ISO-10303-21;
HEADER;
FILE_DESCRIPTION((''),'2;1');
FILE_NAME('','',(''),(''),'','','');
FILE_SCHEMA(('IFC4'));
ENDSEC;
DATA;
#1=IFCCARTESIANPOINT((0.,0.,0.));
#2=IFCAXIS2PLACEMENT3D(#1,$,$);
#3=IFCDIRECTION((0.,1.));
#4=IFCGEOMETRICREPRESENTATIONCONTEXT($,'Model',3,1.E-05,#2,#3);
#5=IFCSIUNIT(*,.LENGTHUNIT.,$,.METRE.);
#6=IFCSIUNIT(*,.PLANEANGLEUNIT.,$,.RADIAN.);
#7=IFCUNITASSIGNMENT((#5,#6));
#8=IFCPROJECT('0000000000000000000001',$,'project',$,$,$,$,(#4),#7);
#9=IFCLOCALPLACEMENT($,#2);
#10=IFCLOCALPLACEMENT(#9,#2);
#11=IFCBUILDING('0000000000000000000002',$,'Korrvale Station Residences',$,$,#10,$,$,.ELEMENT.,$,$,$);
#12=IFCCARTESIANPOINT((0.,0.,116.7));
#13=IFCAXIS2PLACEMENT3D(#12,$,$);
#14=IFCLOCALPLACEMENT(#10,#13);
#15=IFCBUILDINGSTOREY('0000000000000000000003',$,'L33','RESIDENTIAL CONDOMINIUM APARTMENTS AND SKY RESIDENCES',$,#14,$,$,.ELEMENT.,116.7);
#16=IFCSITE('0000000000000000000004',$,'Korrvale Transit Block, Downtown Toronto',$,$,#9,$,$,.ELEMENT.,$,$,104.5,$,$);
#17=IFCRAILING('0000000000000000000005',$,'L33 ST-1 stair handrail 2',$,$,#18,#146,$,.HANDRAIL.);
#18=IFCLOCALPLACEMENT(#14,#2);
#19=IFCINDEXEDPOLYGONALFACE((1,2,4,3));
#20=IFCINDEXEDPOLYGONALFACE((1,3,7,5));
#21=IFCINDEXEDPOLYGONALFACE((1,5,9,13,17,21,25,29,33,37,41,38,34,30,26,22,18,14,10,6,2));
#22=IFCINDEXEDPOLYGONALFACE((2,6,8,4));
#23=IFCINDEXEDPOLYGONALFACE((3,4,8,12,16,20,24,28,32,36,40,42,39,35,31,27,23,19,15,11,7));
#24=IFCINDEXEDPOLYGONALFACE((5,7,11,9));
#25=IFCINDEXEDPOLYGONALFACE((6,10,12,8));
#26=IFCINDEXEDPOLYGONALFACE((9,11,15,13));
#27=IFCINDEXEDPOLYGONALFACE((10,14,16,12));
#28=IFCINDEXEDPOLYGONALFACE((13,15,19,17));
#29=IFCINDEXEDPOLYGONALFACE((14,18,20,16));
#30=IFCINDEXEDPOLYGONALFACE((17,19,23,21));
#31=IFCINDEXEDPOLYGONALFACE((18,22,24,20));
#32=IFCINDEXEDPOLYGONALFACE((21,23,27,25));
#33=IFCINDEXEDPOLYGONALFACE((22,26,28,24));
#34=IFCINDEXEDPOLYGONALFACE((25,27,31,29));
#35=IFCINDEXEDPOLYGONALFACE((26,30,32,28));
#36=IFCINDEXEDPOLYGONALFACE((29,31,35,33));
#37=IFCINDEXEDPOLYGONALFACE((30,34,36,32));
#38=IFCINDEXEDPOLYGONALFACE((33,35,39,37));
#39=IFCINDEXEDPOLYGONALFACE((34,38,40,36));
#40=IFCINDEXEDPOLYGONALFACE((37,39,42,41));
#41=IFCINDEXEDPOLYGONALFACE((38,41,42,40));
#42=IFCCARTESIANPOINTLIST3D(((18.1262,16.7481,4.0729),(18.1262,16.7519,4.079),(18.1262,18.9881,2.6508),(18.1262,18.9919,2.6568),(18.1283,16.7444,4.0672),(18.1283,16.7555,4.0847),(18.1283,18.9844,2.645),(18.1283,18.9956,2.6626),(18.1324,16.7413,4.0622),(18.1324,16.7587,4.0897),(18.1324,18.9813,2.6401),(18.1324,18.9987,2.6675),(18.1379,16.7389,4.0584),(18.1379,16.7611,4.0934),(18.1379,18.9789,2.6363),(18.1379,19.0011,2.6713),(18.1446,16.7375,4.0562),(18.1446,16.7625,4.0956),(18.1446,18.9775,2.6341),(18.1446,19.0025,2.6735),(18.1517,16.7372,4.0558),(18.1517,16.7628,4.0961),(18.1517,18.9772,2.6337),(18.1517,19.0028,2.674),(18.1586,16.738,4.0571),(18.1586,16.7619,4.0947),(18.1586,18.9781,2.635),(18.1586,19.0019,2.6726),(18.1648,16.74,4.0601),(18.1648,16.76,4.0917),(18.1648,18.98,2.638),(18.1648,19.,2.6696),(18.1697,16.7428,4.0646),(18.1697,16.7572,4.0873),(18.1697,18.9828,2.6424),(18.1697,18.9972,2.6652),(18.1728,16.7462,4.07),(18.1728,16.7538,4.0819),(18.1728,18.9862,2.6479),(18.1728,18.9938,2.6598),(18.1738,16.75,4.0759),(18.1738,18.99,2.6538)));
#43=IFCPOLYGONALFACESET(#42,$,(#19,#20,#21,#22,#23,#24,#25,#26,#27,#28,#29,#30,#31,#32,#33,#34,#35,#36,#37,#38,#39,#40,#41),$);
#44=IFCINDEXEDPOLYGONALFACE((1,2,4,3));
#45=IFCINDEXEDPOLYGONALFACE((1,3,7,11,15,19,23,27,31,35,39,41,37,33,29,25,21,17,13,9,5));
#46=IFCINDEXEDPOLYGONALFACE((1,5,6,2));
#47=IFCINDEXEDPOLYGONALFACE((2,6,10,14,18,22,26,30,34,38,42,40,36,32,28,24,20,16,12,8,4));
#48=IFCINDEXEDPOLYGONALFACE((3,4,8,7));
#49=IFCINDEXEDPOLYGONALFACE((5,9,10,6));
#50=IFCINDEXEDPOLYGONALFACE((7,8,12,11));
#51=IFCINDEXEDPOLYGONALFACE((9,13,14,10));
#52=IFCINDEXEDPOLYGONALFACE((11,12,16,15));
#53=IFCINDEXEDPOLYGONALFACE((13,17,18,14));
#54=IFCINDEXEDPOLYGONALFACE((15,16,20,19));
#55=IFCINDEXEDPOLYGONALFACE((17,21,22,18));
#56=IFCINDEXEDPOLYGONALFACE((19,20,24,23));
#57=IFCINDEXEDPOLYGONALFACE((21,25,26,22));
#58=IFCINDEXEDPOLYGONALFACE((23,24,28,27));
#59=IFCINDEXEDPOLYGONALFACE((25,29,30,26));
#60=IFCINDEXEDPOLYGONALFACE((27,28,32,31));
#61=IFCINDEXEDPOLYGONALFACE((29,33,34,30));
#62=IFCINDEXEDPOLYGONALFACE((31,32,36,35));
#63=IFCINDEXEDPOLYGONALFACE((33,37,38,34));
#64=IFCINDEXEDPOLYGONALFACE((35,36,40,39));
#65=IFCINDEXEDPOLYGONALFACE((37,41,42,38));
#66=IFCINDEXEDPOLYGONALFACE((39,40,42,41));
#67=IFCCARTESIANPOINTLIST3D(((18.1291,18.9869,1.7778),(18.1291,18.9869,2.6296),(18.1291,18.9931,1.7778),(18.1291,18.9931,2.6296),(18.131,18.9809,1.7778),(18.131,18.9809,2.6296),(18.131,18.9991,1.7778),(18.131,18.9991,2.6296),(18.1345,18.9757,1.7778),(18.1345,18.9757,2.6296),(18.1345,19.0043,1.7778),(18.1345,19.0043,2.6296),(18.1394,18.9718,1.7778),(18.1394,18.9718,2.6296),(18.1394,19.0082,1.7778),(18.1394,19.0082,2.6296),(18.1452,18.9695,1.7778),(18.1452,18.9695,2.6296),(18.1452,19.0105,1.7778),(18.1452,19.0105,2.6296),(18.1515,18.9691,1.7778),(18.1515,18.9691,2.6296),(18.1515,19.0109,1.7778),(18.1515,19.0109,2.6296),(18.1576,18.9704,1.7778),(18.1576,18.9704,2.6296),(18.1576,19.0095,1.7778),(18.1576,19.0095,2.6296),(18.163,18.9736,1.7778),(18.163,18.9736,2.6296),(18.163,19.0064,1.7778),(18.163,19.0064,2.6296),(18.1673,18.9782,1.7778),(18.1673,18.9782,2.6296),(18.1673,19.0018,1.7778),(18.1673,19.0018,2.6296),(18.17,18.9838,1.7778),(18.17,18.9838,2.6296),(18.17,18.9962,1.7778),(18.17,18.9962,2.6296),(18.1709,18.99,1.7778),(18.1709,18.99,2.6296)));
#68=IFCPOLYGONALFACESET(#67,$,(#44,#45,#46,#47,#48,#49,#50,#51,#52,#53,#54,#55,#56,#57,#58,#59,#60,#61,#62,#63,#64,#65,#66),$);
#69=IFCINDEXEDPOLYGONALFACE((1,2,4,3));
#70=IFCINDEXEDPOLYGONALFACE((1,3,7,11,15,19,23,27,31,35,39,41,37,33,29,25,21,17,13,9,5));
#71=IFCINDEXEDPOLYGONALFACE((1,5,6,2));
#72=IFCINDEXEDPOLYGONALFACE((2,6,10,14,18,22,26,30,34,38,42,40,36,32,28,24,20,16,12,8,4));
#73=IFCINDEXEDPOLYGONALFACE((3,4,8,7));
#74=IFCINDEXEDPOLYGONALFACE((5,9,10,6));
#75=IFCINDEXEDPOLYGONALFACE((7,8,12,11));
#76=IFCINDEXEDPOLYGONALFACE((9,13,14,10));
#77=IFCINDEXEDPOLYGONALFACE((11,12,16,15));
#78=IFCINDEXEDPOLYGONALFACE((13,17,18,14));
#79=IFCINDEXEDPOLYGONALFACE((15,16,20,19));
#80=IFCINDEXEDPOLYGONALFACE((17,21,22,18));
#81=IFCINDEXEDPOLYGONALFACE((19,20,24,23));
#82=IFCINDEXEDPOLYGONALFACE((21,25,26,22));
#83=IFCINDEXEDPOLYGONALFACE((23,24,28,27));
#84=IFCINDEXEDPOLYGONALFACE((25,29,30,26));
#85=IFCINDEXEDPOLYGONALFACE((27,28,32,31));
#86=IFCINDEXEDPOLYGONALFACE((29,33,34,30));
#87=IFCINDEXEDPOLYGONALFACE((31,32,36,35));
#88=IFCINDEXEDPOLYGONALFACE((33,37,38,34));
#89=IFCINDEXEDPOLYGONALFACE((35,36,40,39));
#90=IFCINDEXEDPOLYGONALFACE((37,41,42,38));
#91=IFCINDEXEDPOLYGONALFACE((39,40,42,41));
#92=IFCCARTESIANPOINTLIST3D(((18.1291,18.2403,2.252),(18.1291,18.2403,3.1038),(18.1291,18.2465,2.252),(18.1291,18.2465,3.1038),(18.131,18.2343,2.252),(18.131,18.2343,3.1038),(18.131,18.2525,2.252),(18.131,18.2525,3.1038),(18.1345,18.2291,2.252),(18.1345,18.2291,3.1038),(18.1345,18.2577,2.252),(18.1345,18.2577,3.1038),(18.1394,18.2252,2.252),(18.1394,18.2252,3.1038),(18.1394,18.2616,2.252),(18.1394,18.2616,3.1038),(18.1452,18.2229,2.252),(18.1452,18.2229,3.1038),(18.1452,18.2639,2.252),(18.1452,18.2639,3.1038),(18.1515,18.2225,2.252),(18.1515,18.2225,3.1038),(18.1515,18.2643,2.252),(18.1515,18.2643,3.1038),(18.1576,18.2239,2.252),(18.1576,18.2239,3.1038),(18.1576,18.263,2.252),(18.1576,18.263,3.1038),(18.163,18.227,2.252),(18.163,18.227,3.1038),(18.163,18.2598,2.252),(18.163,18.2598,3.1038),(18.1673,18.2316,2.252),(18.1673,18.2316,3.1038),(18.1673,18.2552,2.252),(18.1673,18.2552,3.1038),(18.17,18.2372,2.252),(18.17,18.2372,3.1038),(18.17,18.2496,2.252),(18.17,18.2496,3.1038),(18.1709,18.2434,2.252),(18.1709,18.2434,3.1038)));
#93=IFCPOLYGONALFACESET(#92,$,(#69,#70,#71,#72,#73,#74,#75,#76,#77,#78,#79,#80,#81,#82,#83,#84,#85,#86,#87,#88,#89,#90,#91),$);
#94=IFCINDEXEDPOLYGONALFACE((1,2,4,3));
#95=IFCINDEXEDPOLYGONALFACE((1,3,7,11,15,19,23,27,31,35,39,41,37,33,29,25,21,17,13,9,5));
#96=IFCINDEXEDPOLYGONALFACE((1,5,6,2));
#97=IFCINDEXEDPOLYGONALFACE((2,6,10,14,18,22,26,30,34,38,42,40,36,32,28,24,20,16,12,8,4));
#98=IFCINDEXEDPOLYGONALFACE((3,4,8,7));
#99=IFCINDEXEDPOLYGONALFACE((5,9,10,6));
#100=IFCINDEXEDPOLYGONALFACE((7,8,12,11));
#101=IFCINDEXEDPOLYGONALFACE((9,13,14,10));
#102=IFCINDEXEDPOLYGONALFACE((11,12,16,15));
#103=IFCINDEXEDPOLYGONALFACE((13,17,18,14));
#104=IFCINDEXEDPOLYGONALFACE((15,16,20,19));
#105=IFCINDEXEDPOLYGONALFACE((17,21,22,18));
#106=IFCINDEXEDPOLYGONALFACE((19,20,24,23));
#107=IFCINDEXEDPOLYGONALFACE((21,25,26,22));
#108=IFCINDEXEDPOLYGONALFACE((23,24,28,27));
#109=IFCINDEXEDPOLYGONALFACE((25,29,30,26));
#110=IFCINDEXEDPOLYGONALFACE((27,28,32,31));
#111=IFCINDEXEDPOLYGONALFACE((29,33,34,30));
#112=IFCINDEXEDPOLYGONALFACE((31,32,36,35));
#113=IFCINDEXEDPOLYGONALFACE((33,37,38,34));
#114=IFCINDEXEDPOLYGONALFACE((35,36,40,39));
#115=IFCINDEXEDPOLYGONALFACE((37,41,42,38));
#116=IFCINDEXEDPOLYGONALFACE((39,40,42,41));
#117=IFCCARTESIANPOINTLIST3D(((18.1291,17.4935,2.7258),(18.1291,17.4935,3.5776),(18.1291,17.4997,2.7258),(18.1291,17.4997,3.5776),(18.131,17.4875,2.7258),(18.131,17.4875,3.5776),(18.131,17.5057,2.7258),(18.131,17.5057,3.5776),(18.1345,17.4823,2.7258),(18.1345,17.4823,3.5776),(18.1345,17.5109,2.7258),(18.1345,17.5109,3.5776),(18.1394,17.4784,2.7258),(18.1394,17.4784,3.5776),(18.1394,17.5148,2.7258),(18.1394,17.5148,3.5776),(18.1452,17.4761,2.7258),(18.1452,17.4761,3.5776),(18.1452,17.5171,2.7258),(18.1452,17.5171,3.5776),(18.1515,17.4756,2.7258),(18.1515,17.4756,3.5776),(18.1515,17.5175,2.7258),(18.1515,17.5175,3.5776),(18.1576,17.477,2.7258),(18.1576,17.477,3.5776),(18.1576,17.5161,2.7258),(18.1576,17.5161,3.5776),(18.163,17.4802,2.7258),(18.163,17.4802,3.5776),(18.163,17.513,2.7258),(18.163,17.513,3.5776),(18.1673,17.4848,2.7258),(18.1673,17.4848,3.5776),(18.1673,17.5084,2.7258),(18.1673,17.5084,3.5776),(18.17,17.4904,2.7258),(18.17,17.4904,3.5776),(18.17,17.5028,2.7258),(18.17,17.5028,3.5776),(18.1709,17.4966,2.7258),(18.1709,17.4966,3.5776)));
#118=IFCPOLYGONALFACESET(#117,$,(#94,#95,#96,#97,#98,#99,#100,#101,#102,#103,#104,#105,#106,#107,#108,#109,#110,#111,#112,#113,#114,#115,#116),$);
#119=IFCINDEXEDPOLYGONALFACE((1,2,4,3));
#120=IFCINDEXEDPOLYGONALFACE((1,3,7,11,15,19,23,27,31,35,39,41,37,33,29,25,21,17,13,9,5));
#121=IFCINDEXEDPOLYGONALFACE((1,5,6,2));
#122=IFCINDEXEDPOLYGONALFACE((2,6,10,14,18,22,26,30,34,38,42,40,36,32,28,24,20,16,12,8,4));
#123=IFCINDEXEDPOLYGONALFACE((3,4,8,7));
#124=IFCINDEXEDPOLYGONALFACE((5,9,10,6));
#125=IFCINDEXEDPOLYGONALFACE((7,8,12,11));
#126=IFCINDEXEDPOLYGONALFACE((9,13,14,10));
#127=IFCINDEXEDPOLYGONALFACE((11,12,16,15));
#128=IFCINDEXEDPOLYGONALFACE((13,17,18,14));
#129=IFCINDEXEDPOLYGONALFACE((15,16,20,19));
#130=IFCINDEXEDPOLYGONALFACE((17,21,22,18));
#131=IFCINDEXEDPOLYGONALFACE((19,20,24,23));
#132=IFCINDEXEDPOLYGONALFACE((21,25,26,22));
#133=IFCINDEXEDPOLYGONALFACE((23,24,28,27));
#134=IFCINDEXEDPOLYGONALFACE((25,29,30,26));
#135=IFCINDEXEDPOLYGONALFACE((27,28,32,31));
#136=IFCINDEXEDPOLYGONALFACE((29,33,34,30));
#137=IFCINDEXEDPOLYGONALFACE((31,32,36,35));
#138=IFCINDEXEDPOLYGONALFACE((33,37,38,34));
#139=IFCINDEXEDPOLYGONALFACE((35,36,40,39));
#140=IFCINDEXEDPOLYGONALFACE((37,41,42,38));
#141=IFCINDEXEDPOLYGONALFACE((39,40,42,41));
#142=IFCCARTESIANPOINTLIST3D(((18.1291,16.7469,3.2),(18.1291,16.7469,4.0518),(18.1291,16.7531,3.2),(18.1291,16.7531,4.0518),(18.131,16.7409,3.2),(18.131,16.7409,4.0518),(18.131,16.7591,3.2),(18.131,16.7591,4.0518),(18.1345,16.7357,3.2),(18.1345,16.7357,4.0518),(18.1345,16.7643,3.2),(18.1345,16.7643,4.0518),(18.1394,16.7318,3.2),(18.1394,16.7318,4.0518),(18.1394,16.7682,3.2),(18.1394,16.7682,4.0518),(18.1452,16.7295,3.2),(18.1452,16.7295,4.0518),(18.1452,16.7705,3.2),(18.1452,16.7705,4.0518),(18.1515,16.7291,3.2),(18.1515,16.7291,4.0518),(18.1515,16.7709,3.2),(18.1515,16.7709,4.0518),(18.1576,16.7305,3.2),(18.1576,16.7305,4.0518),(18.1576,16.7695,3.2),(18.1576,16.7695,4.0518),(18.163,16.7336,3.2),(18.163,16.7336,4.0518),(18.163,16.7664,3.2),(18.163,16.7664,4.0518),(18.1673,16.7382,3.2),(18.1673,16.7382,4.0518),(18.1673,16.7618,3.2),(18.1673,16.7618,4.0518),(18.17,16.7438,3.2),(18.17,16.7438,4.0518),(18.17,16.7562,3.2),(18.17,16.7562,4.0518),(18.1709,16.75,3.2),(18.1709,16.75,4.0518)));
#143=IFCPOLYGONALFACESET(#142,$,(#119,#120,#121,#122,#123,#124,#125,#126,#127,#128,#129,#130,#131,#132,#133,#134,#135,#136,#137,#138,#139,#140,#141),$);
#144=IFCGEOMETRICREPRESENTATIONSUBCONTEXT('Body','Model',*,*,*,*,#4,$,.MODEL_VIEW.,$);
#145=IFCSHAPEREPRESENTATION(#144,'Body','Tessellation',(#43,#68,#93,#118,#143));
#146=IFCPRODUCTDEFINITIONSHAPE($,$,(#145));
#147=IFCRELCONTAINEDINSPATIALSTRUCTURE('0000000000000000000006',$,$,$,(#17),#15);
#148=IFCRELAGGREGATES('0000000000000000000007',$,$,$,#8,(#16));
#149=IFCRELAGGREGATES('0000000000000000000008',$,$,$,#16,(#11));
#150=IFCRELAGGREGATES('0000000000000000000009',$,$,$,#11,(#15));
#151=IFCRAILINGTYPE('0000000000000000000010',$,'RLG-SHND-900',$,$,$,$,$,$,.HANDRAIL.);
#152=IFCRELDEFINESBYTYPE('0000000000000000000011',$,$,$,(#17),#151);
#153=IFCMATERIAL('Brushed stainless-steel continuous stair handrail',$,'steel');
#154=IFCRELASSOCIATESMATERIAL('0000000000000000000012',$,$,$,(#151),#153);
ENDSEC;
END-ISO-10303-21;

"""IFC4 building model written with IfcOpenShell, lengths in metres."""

from ifc_helpers import new_model, si_unit, direction, frame, origin, origin_2d, place, context, subcontext, project, spatial, circle, extrude, material, type_object, element, save


model = new_model("IFC4")

# Units and contexts
model_context = context("Model", 3, precision=1e-05, world=origin(), true_north=direction((0.0, 1.0)))
body_context = subcontext(model_context, "Body", "Model", "MODEL_VIEW")
ifc_project = project(units=[si_unit("LENGTHUNIT", "METRE"), si_unit("PLANEANGLEUNIT", "RADIAN")], contexts=[model_context])

# Site, building, storey
site_placement = place(None, origin())
site = spatial("IfcSite", under=ifc_project, at=site_placement, Name="Korrvale Transit Block, Downtown Toronto", CompositionType="ELEMENT", RefElevation=104.5)
building_placement = place(site_placement, origin())
building = spatial("IfcBuilding", under=site, at=building_placement, Name="Korrvale Station Residences", CompositionType="ELEMENT")
storey_placement = place(building_placement, frame((0.0, 0.0, 116.7)))
storey = spatial("IfcBuildingStorey", under=building, at=storey_placement, Name="L33", Description="RESIDENTIAL CONDOMINIUM APARTMENTS AND SKY RESIDENCES", CompositionType="ELEMENT", Elevation=116.7)

# Railing
ifc_material_1 = material(Name="Brushed stainless-steel continuous stair handrail", Category="steel")
railing_type_1 = type_object("IfcRailingType", Name="RLG-SHND-900", PredefinedType="HANDRAIL", material=ifc_material_1)
railing_1_placement = place(storey_placement, frame((18.1499, 18.99, 1.7778)))
element("IfcRailing", 1, at=railing_1_placement, inside=storey, type_object=railing_type_1, Name="L33 ST-1 stair handrail 2", PredefinedType="HANDRAIL", context=body_context, shape_type="SweptSolid", body=[
    extrude(circle(Radius=0.0239, at=origin_2d()), frame((0.0, 0.0, 0.876), z_axis=(0.0, -0.844229, 0.535982), x_axis=(1.0, 0.0, 0.0)), (0.0, 0.0, 1.0), 2.6533),
    extrude(circle(Radius=0.021, at=origin_2d()), origin(), (0.0, 0.0, 1.0), 0.8518),
    extrude(circle(Radius=0.021, at=origin_2d()), frame((0.0, -0.7466, 0.4741)), (0.0, 0.0, 1.0), 0.8518),
    extrude(circle(Radius=0.021, at=origin_2d()), frame((0.0, -1.4934, 0.948)), (0.0, 0.0, 1.0), 0.8518),
    extrude(circle(Radius=0.021, at=origin_2d()), frame((0.0, -2.24, 1.4221)), (0.0, 0.0, 1.0), 0.8518),
])

save(model, "model.ifc")
